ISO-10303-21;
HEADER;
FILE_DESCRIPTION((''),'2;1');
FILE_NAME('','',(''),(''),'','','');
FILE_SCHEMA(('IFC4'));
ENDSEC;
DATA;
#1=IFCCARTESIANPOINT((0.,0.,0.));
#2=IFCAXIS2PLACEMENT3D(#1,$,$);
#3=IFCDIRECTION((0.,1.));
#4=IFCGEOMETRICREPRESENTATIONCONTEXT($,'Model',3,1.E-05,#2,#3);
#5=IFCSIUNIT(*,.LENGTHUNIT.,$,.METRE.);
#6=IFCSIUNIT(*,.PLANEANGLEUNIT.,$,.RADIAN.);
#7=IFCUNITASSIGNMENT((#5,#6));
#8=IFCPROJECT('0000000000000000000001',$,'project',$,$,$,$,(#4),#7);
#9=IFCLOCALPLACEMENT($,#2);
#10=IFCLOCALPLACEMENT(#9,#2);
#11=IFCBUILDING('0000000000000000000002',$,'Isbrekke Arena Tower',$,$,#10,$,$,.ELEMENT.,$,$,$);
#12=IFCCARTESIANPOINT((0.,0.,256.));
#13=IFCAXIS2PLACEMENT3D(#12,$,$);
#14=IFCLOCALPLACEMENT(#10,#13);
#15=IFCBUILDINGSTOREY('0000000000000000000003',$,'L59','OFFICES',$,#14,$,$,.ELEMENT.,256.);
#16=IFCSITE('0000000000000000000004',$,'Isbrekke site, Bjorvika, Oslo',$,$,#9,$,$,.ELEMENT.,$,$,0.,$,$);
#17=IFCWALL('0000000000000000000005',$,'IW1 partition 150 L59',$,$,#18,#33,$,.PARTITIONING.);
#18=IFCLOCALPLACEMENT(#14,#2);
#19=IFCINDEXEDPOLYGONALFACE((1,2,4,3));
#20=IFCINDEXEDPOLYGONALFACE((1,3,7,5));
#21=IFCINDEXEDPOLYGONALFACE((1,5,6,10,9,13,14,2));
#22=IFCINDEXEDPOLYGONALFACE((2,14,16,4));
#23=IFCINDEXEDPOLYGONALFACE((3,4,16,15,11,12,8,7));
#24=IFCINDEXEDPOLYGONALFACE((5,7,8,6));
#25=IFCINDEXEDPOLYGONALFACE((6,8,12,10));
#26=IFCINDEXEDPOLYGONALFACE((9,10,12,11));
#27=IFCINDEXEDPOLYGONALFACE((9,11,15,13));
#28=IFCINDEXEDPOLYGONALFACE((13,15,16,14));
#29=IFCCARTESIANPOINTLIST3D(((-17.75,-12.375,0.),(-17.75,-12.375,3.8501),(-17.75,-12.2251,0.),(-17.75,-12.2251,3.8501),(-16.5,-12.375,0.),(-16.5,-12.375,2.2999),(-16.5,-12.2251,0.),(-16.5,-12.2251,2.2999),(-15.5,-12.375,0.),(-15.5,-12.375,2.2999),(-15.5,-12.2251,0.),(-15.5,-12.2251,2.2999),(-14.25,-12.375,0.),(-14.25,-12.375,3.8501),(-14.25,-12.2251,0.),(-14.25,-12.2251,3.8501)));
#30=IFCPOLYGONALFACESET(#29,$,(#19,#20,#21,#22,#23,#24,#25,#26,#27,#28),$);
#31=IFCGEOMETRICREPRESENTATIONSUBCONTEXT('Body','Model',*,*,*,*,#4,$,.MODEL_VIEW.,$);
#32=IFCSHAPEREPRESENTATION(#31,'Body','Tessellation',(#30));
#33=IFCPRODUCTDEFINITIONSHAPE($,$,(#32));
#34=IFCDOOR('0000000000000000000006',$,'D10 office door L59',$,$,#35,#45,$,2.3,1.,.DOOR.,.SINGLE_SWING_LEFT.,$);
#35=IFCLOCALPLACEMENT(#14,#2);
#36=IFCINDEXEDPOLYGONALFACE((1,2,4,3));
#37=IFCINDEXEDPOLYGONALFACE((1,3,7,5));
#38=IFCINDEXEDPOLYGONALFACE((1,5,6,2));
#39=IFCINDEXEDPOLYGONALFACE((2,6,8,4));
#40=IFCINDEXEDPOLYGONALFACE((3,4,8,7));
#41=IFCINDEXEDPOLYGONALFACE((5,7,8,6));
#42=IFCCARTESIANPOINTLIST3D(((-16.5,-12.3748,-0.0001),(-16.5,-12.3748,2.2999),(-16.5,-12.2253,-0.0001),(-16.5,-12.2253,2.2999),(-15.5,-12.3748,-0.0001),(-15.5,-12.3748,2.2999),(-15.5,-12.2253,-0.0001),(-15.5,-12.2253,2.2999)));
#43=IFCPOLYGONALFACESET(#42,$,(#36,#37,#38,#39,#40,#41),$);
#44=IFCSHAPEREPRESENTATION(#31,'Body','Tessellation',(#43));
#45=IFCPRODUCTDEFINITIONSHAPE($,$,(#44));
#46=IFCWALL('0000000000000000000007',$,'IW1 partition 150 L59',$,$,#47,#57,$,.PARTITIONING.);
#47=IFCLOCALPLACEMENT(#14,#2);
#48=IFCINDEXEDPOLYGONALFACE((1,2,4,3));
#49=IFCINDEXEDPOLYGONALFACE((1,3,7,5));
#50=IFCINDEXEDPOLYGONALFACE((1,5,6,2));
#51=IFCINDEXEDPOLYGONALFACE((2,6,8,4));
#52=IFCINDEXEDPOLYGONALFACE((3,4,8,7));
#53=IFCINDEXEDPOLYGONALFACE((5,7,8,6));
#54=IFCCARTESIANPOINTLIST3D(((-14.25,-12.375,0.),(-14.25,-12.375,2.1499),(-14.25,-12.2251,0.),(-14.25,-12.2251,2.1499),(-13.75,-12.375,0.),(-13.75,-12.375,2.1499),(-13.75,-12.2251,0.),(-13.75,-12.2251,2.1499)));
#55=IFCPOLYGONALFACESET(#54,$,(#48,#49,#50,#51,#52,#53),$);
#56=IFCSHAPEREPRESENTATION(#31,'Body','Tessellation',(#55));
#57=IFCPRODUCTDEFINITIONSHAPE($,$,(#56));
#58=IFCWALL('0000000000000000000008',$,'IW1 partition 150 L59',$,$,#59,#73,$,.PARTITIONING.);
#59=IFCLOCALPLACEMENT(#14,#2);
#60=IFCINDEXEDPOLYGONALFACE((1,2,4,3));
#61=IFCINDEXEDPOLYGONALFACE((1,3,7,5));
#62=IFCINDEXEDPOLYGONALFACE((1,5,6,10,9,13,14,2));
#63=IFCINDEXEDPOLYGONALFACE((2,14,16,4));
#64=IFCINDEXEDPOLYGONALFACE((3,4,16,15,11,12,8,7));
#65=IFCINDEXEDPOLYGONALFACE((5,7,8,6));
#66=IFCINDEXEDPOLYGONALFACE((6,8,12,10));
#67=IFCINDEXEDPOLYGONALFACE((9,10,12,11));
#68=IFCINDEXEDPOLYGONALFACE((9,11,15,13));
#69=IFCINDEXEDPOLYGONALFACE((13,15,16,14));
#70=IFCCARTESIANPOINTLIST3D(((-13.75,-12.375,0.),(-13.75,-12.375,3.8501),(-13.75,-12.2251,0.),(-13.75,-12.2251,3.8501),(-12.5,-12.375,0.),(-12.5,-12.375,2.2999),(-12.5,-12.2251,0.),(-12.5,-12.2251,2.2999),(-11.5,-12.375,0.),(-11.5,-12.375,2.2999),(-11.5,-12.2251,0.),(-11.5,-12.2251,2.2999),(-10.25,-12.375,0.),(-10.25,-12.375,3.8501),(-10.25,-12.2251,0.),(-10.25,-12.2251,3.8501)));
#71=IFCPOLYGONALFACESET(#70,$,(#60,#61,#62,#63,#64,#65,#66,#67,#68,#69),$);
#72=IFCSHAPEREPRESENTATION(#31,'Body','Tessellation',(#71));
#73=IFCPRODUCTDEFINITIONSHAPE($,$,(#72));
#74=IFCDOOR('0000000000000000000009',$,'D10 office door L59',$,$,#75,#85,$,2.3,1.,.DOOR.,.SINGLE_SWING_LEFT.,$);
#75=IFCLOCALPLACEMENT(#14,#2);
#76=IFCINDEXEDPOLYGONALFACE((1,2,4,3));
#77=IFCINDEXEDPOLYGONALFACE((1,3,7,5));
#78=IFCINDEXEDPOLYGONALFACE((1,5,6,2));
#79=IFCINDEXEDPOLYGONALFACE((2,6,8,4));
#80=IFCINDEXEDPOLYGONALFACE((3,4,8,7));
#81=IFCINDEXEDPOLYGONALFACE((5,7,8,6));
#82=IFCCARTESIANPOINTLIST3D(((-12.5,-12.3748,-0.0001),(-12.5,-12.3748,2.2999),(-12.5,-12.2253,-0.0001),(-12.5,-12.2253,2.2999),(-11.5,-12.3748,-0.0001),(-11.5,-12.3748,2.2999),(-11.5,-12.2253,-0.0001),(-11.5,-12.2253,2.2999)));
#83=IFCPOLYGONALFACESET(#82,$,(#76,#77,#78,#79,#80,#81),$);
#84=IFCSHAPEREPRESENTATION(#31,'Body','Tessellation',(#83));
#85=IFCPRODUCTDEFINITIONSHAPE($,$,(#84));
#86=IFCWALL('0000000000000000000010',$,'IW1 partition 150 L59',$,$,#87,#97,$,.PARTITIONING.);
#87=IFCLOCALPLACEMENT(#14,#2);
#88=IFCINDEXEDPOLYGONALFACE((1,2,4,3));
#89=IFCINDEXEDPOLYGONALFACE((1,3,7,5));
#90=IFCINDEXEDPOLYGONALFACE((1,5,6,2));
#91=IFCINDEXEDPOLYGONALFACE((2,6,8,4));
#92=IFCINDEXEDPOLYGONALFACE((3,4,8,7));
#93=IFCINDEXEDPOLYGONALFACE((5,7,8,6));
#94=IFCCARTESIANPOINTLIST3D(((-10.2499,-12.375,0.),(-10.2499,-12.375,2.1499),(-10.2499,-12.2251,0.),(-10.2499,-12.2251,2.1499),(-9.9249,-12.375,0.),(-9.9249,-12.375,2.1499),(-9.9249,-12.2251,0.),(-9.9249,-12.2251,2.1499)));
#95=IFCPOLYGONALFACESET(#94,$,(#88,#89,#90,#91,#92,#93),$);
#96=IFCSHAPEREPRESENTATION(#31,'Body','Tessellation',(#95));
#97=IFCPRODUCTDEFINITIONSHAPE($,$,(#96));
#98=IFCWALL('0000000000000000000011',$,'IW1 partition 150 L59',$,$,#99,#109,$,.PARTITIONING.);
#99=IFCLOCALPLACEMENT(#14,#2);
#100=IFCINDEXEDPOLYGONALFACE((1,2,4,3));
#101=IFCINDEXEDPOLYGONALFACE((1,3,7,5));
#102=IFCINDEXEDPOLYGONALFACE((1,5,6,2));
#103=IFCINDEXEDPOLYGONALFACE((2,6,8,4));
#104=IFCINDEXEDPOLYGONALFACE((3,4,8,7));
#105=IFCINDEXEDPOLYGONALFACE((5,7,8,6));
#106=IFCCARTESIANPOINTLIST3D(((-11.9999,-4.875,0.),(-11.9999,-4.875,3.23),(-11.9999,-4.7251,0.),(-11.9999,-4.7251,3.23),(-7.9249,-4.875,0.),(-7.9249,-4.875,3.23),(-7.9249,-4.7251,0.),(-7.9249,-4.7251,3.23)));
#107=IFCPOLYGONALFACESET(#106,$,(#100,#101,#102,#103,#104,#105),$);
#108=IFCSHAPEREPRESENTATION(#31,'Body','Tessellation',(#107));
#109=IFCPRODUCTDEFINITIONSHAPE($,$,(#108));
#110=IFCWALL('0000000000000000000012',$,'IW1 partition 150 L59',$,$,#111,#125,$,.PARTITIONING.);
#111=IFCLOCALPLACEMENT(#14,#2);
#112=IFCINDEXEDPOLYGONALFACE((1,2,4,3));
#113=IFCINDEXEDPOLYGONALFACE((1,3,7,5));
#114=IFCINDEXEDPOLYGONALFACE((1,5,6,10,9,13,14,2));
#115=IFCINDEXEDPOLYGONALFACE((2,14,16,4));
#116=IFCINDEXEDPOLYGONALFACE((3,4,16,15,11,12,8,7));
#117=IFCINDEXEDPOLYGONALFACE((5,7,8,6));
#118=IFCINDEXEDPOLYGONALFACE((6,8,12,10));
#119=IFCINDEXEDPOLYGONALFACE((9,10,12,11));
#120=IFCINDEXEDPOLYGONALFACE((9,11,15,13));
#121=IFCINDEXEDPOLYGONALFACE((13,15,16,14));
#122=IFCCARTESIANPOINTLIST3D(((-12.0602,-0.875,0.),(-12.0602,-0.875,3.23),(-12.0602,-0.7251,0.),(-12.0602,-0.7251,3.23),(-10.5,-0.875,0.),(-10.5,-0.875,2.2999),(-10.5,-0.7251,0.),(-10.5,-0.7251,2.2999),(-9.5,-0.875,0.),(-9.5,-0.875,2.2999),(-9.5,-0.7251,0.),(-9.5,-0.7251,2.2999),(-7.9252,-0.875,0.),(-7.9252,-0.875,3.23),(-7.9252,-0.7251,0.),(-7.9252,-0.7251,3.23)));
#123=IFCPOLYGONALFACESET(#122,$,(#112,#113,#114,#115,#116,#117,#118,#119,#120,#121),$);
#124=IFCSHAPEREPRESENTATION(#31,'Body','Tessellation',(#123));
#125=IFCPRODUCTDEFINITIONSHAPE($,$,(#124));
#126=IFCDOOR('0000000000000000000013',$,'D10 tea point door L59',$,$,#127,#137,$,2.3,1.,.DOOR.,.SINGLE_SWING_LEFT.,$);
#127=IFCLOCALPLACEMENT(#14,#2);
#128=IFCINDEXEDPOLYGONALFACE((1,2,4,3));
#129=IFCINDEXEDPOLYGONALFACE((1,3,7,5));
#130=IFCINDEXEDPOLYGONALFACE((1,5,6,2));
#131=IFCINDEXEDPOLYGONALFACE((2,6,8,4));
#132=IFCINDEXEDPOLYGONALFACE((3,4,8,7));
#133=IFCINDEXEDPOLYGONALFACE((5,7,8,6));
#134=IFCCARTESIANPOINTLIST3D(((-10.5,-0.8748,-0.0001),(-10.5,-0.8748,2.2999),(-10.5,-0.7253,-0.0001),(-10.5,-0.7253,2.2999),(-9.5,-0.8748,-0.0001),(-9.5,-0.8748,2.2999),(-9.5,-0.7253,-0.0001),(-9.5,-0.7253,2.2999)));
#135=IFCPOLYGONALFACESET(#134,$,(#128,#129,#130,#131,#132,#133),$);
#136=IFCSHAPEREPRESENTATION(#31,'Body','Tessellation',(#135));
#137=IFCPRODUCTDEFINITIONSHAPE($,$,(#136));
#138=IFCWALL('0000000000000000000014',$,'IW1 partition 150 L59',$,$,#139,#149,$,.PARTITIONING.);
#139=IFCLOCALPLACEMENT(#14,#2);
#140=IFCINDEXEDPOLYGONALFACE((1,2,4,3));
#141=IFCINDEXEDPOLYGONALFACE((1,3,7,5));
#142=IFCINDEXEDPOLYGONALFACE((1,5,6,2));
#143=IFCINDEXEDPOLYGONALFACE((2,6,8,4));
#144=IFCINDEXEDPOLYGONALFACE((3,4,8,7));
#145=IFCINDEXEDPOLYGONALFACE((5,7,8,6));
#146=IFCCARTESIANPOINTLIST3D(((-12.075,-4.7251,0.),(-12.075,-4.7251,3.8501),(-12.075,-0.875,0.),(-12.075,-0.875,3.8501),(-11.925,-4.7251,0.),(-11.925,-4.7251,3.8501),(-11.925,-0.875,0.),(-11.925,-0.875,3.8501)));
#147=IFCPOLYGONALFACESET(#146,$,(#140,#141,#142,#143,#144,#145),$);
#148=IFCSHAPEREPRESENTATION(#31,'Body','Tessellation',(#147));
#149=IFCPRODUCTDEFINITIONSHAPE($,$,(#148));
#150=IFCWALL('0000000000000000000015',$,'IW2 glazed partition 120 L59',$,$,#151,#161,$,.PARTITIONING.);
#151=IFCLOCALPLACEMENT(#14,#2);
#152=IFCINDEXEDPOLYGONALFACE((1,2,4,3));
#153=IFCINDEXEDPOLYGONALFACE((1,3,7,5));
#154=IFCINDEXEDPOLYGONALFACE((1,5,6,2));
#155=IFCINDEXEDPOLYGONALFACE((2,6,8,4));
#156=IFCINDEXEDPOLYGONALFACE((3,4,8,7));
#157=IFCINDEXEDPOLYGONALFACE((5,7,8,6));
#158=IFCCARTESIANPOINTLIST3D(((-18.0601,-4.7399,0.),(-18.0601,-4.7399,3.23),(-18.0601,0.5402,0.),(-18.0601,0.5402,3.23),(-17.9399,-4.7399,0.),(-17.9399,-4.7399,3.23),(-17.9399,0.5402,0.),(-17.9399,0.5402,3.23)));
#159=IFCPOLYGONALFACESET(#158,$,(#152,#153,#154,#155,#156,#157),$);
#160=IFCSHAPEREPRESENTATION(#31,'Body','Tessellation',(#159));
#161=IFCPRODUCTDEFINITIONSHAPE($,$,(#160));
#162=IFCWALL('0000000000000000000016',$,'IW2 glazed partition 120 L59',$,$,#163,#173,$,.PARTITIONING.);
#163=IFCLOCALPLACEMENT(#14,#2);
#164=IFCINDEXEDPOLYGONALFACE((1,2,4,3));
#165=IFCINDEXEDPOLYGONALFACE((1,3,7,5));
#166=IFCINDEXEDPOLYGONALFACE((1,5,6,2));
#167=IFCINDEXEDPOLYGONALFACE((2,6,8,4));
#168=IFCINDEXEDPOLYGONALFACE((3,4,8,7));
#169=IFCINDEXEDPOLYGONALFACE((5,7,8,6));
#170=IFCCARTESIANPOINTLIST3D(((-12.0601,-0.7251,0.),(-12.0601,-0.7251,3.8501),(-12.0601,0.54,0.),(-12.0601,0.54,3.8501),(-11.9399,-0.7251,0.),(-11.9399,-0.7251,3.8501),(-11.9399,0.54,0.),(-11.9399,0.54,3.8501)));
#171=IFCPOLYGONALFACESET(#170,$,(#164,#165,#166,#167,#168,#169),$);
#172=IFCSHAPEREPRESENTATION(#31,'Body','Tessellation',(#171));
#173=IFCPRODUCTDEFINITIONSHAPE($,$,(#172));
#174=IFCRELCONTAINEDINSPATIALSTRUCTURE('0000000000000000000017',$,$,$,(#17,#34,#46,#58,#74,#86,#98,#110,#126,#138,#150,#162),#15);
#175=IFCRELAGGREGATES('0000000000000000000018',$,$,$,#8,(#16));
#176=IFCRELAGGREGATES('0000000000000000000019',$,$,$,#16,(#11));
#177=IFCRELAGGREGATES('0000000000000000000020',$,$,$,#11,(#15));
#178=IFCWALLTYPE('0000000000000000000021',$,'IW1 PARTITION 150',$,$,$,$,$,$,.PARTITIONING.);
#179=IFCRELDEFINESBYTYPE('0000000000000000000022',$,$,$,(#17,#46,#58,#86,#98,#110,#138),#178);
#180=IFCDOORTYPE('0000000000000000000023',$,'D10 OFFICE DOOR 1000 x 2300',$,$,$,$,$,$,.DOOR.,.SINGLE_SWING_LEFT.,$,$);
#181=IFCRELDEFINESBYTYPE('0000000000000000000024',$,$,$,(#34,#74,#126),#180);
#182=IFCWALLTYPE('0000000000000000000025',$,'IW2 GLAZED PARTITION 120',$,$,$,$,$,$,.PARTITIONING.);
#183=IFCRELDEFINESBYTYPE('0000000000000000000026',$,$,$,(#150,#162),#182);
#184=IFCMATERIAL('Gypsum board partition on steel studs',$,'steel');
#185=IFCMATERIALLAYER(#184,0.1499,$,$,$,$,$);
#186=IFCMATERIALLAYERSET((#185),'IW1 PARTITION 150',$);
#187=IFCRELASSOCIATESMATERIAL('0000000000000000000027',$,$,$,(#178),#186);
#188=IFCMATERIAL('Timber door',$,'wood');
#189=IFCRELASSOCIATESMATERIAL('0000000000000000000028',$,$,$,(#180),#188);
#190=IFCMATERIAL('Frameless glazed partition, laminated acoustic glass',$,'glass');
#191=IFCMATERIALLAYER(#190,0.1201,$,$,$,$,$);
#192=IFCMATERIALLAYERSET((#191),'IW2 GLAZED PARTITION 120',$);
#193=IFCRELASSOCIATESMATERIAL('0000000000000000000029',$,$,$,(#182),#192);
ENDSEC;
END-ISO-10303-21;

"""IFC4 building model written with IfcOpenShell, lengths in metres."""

from ifc_helpers import new_model, si_unit, direction, frame, frame_2d, origin, place, context, subcontext, project, spatial, rectangle, extrude, material, layer, layer_set, type_object, element, fill, save


model = new_model("IFC4")

# Units and contexts
model_context = context("Model", 3, precision=1e-05, world=origin(), true_north=direction((0.0, 1.0)))
body_context = subcontext(model_context, "Body", "Model", "MODEL_VIEW")
ifc_project = project(units=[si_unit("LENGTHUNIT", "METRE"), si_unit("PLANEANGLEUNIT", "RADIAN")], contexts=[model_context])

# Site, building, storey
site_placement = place(None, origin())
site = spatial("IfcSite", under=ifc_project, at=site_placement, Name="Isbrekke site, Bjorvika, Oslo", CompositionType="ELEMENT", RefElevation=0.0)
building_placement = place(site_placement, origin())
building = spatial("IfcBuilding", under=site, at=building_placement, Name="Isbrekke Arena Tower", CompositionType="ELEMENT")
storey_placement = place(building_placement, frame((0.0, 0.0, 256.0)))
storey = spatial("IfcBuildingStorey", under=building, at=storey_placement, Name="L59", Description="OFFICES", CompositionType="ELEMENT", Elevation=256.0)

# Wall, opening, door
ifc_material_1 = material(Name="Gypsum board partition on steel studs", Category="steel")
ifc_layer_1 = layer(ifc_material_1, 0.1499)
ifc_layer_set_1 = layer_set([ifc_layer_1], Name="IW1 PARTITION 150")
wall_type_1 = type_object("IfcWallType", Name="IW1 PARTITION 150", PredefinedType="PARTITIONING", material=ifc_layer_set_1)
wall_1_placement = place(storey_placement, frame((-17.75, -12.3, 0.0), z_axis=(0.0, 0.0, 1.0), x_axis=(1.0, 0.0, 0.0)))
wall_1 = element("IfcWall", 1, at=wall_1_placement, inside=storey, type_object=wall_type_1, Name="IW1 partition 150 L59", PredefinedType="PARTITIONING", context=body_context, shape_type="SweptSolid", body=[
    extrude(rectangle(XDim=3.5, YDim=0.1499, at=frame_2d((1.75, 0.0))), origin(), (0.0, 0.0, 1.0), 3.8501),
])
opening_1_placement = place(wall_1_placement, frame((1.25, 0.0, 0.0)))
opening_1 = element("IfcOpeningElement", 2, at=opening_1_placement, cuts=wall_1, PredefinedType="OPENING", context=body_context, shape_type="SweptSolid", body=[
    extrude(rectangle(XDim=1.0, YDim=2.3, at=frame_2d((0.5, 1.1499))), frame((0.0, 0.0898, 0.0), z_axis=(0.0, -1.0, 0.0), x_axis=(1.0, 0.0, 0.0)), (0.0, 0.0, 1.0), 0.1797),
])
ifc_material_2 = material(Name="Timber door", Category="wood")
door_type = type_object("IfcDoorType", Name="D10 OFFICE DOOR 1000 x 2300", OperationType="SINGLE_SWING_LEFT", PredefinedType="DOOR", material=ifc_material_2)
door_1_placement = place(opening_1_placement, origin())
door_1 = element("IfcDoor", 3, at=door_1_placement, inside=storey, type_object=door_type, Name="D10 office door L59", OperationType="SINGLE_SWING_LEFT", OverallHeight=2.3, OverallWidth=1.0, PredefinedType="DOOR", context=body_context, shape_type="SweptSolid", body=[
    extrude(rectangle(XDim=1.0, YDim=2.3, at=frame_2d((0.5, 1.1499))), frame((0.0, 0.0747, 0.0), z_axis=(0.0, -1.0, 0.0), x_axis=(1.0, 0.0, 0.0)), (0.0, 0.0, 1.0), 0.1494),
])
fill(opening_1, door_1)

# Wall
wall_2_placement = place(storey_placement, frame((-14.25, -12.3, 0.0), z_axis=(0.0, 0.0, 1.0), x_axis=(1.0, 0.0, 0.0)))
element("IfcWall", 4, at=wall_2_placement, inside=storey, type_object=wall_type_1, Name="IW1 partition 150 L59", PredefinedType="PARTITIONING", context=body_context, shape_type="SweptSolid", body=[
    extrude(rectangle(XDim=0.5, YDim=0.1499, at=frame_2d((0.25, 0.0))), origin(), (0.0, 0.0, 1.0), 2.1499),
])

# Wall, opening, door
wall_3_placement = place(storey_placement, frame((-13.75, -12.3, 0.0), z_axis=(0.0, 0.0, 1.0), x_axis=(1.0, 0.0, 0.0)))
wall_3 = element("IfcWall", 5, at=wall_3_placement, inside=storey, type_object=wall_type_1, Name="IW1 partition 150 L59", PredefinedType="PARTITIONING", context=body_context, shape_type="SweptSolid", body=[
    extrude(rectangle(XDim=3.5, YDim=0.1499, at=frame_2d((1.75, 0.0))), origin(), (0.0, 0.0, 1.0), 3.8501),
])
opening_2_placement = place(wall_3_placement, frame((1.25, 0.0, 0.0)))
opening_2 = element("IfcOpeningElement", 6, at=opening_2_placement, cuts=wall_3, PredefinedType="OPENING", context=body_context, shape_type="SweptSolid", body=[
    extrude(rectangle(XDim=1.0, YDim=2.3, at=frame_2d((0.5, 1.1499))), frame((0.0, 0.0898, 0.0), z_axis=(0.0, -1.0, 0.0), x_axis=(1.0, 0.0, 0.0)), (0.0, 0.0, 1.0), 0.1797),
])
door_2_placement = place(opening_2_placement, origin())
door_2 = element("IfcDoor", 7, at=door_2_placement, inside=storey, type_object=door_type, Name="D10 office door L59", OperationType="SINGLE_SWING_LEFT", OverallHeight=2.3, OverallWidth=1.0, PredefinedType="DOOR", context=body_context, shape_type="SweptSolid", body=[
    extrude(rectangle(XDim=1.0, YDim=2.3, at=frame_2d((0.5, 1.1499))), frame((0.0, 0.0747, 0.0), z_axis=(0.0, -1.0, 0.0), x_axis=(1.0, 0.0, 0.0)), (0.0, 0.0, 1.0), 0.1494),
])
fill(opening_2, door_2)

# Walls
wall_4_placement = place(storey_placement, frame((-10.25, -12.3, 0.0), z_axis=(0.0, 0.0, 1.0), x_axis=(1.0, 0.0, 0.0)))
element("IfcWall", 8, at=wall_4_placement, inside=storey, type_object=wall_type_1, Name="IW1 partition 150 L59", PredefinedType="PARTITIONING", context=body_context, shape_type="SweptSolid", body=[
    extrude(rectangle(XDim=0.325, YDim=0.1499, at=frame_2d((0.1626, 0.0))), origin(), (0.0, 0.0, 1.0), 2.1499),
])
wall_5_placement = place(storey_placement, frame((-12.0, -4.8, 0.0), z_axis=(0.0, 0.0, 1.0), x_axis=(1.0, 0.0, 0.0)))
element("IfcWall", 9, at=wall_5_placement, inside=storey, type_object=wall_type_1, Name="IW1 partition 150 L59", PredefinedType="PARTITIONING", context=body_context, shape_type="SweptSolid", body=[
    extrude(rectangle(XDim=4.075, YDim=0.1499, at=frame_2d((2.0376, 0.0))), origin(), (0.0, 0.0, 1.0), 3.23),
])

# Wall, opening, door
wall_6_placement = place(storey_placement, frame((-12.0601, -0.8, 0.0), z_axis=(0.0, 0.0, 1.0), x_axis=(1.0, 0.0, 0.0)))
wall_6 = element("IfcWall", 10, at=wall_6_placement, inside=storey, type_object=wall_type_1, Name="IW1 partition 150 L59", PredefinedType="PARTITIONING", context=body_context, shape_type="SweptSolid", body=[
    extrude(rectangle(XDim=4.135, YDim=0.1499, at=frame_2d((2.0674, 0.0))), origin(), (0.0, 0.0, 1.0), 3.23),
])
opening_3_placement = place(wall_6_placement, frame((1.5601, 0.0, 0.0)))
opening_3 = element("IfcOpeningElement", 11, at=opening_3_placement, cuts=wall_6, PredefinedType="OPENING", context=body_context, shape_type="SweptSolid", body=[
    extrude(rectangle(XDim=1.0, YDim=2.3, at=frame_2d((0.5, 1.1499))), frame((0.0, 0.0898, 0.0), z_axis=(0.0, -1.0, 0.0), x_axis=(1.0, 0.0, 0.0)), (0.0, 0.0, 1.0), 0.1797),
])
door_3_placement = place(opening_3_placement, origin())
door_3 = element("IfcDoor", 12, at=door_3_placement, inside=storey, type_object=door_type, Name="D10 tea point door L59", OperationType="SINGLE_SWING_LEFT", OverallHeight=2.3, OverallWidth=1.0, PredefinedType="DOOR", context=body_context, shape_type="SweptSolid", body=[
    extrude(rectangle(XDim=1.0, YDim=2.3, at=frame_2d((0.5, 1.1499))), frame((0.0, 0.0747, 0.0), z_axis=(0.0, -1.0, 0.0), x_axis=(1.0, 0.0, 0.0)), (0.0, 0.0, 1.0), 0.1494),
])
fill(opening_3, door_3)

# Walls
wall_7_placement = place(storey_placement, frame((-12.0, -4.7251, 0.0), z_axis=(0.0, 0.0, 1.0), x_axis=(0.0, 1.0, 0.0)))
element("IfcWall", 13, at=wall_7_placement, inside=storey, type_object=wall_type_1, Name="IW1 partition 150 L59", PredefinedType="PARTITIONING", context=body_context, shape_type="SweptSolid", body=[
    extrude(rectangle(XDim=3.8501, YDim=0.1499, at=frame_2d((1.925, 0.0))), origin(), (0.0, 0.0, 1.0), 3.8501),
])
ifc_material_3 = material(Name="Frameless glazed partition, laminated acoustic glass", Category="glass")
ifc_layer_2 = layer(ifc_material_3, 0.1201)
ifc_layer_set_2 = layer_set([ifc_layer_2], Name="IW2 GLAZED PARTITION 120")
wall_type_2 = type_object("IfcWallType", Name="IW2 GLAZED PARTITION 120", PredefinedType="PARTITIONING", material=ifc_layer_set_2)
wall_8_placement = place(storey_placement, frame((-18.0, -4.74, 0.0), z_axis=(0.0, 0.0, 1.0), x_axis=(0.0, 1.0, 0.0)))
element("IfcWall", 14, at=wall_8_placement, inside=storey, type_object=wall_type_2, Name="IW2 glazed partition 120 L59", PredefinedType="PARTITIONING", context=body_context, shape_type="SweptSolid", body=[
    extrude(rectangle(XDim=5.28, YDim=0.1201, at=frame_2d((2.6401, 0.0))), origin(), (0.0, 0.0, 1.0), 3.23),
])
wall_9_placement = place(storey_placement, frame((-12.0, -0.7251, 0.0), z_axis=(0.0, 0.0, 1.0), x_axis=(0.0, 1.0, 0.0)))
element("IfcWall", 15, at=wall_9_placement, inside=storey, type_object=wall_type_2, Name="IW2 glazed partition 120 L59", PredefinedType="PARTITIONING", context=body_context, shape_type="SweptSolid", body=[
    extrude(rectangle(XDim=1.2651, YDim=0.1201, at=frame_2d((0.6326, 0.0))), origin(), (0.0, 0.0, 1.0), 3.8501),
])

save(model, "model.ifc")
